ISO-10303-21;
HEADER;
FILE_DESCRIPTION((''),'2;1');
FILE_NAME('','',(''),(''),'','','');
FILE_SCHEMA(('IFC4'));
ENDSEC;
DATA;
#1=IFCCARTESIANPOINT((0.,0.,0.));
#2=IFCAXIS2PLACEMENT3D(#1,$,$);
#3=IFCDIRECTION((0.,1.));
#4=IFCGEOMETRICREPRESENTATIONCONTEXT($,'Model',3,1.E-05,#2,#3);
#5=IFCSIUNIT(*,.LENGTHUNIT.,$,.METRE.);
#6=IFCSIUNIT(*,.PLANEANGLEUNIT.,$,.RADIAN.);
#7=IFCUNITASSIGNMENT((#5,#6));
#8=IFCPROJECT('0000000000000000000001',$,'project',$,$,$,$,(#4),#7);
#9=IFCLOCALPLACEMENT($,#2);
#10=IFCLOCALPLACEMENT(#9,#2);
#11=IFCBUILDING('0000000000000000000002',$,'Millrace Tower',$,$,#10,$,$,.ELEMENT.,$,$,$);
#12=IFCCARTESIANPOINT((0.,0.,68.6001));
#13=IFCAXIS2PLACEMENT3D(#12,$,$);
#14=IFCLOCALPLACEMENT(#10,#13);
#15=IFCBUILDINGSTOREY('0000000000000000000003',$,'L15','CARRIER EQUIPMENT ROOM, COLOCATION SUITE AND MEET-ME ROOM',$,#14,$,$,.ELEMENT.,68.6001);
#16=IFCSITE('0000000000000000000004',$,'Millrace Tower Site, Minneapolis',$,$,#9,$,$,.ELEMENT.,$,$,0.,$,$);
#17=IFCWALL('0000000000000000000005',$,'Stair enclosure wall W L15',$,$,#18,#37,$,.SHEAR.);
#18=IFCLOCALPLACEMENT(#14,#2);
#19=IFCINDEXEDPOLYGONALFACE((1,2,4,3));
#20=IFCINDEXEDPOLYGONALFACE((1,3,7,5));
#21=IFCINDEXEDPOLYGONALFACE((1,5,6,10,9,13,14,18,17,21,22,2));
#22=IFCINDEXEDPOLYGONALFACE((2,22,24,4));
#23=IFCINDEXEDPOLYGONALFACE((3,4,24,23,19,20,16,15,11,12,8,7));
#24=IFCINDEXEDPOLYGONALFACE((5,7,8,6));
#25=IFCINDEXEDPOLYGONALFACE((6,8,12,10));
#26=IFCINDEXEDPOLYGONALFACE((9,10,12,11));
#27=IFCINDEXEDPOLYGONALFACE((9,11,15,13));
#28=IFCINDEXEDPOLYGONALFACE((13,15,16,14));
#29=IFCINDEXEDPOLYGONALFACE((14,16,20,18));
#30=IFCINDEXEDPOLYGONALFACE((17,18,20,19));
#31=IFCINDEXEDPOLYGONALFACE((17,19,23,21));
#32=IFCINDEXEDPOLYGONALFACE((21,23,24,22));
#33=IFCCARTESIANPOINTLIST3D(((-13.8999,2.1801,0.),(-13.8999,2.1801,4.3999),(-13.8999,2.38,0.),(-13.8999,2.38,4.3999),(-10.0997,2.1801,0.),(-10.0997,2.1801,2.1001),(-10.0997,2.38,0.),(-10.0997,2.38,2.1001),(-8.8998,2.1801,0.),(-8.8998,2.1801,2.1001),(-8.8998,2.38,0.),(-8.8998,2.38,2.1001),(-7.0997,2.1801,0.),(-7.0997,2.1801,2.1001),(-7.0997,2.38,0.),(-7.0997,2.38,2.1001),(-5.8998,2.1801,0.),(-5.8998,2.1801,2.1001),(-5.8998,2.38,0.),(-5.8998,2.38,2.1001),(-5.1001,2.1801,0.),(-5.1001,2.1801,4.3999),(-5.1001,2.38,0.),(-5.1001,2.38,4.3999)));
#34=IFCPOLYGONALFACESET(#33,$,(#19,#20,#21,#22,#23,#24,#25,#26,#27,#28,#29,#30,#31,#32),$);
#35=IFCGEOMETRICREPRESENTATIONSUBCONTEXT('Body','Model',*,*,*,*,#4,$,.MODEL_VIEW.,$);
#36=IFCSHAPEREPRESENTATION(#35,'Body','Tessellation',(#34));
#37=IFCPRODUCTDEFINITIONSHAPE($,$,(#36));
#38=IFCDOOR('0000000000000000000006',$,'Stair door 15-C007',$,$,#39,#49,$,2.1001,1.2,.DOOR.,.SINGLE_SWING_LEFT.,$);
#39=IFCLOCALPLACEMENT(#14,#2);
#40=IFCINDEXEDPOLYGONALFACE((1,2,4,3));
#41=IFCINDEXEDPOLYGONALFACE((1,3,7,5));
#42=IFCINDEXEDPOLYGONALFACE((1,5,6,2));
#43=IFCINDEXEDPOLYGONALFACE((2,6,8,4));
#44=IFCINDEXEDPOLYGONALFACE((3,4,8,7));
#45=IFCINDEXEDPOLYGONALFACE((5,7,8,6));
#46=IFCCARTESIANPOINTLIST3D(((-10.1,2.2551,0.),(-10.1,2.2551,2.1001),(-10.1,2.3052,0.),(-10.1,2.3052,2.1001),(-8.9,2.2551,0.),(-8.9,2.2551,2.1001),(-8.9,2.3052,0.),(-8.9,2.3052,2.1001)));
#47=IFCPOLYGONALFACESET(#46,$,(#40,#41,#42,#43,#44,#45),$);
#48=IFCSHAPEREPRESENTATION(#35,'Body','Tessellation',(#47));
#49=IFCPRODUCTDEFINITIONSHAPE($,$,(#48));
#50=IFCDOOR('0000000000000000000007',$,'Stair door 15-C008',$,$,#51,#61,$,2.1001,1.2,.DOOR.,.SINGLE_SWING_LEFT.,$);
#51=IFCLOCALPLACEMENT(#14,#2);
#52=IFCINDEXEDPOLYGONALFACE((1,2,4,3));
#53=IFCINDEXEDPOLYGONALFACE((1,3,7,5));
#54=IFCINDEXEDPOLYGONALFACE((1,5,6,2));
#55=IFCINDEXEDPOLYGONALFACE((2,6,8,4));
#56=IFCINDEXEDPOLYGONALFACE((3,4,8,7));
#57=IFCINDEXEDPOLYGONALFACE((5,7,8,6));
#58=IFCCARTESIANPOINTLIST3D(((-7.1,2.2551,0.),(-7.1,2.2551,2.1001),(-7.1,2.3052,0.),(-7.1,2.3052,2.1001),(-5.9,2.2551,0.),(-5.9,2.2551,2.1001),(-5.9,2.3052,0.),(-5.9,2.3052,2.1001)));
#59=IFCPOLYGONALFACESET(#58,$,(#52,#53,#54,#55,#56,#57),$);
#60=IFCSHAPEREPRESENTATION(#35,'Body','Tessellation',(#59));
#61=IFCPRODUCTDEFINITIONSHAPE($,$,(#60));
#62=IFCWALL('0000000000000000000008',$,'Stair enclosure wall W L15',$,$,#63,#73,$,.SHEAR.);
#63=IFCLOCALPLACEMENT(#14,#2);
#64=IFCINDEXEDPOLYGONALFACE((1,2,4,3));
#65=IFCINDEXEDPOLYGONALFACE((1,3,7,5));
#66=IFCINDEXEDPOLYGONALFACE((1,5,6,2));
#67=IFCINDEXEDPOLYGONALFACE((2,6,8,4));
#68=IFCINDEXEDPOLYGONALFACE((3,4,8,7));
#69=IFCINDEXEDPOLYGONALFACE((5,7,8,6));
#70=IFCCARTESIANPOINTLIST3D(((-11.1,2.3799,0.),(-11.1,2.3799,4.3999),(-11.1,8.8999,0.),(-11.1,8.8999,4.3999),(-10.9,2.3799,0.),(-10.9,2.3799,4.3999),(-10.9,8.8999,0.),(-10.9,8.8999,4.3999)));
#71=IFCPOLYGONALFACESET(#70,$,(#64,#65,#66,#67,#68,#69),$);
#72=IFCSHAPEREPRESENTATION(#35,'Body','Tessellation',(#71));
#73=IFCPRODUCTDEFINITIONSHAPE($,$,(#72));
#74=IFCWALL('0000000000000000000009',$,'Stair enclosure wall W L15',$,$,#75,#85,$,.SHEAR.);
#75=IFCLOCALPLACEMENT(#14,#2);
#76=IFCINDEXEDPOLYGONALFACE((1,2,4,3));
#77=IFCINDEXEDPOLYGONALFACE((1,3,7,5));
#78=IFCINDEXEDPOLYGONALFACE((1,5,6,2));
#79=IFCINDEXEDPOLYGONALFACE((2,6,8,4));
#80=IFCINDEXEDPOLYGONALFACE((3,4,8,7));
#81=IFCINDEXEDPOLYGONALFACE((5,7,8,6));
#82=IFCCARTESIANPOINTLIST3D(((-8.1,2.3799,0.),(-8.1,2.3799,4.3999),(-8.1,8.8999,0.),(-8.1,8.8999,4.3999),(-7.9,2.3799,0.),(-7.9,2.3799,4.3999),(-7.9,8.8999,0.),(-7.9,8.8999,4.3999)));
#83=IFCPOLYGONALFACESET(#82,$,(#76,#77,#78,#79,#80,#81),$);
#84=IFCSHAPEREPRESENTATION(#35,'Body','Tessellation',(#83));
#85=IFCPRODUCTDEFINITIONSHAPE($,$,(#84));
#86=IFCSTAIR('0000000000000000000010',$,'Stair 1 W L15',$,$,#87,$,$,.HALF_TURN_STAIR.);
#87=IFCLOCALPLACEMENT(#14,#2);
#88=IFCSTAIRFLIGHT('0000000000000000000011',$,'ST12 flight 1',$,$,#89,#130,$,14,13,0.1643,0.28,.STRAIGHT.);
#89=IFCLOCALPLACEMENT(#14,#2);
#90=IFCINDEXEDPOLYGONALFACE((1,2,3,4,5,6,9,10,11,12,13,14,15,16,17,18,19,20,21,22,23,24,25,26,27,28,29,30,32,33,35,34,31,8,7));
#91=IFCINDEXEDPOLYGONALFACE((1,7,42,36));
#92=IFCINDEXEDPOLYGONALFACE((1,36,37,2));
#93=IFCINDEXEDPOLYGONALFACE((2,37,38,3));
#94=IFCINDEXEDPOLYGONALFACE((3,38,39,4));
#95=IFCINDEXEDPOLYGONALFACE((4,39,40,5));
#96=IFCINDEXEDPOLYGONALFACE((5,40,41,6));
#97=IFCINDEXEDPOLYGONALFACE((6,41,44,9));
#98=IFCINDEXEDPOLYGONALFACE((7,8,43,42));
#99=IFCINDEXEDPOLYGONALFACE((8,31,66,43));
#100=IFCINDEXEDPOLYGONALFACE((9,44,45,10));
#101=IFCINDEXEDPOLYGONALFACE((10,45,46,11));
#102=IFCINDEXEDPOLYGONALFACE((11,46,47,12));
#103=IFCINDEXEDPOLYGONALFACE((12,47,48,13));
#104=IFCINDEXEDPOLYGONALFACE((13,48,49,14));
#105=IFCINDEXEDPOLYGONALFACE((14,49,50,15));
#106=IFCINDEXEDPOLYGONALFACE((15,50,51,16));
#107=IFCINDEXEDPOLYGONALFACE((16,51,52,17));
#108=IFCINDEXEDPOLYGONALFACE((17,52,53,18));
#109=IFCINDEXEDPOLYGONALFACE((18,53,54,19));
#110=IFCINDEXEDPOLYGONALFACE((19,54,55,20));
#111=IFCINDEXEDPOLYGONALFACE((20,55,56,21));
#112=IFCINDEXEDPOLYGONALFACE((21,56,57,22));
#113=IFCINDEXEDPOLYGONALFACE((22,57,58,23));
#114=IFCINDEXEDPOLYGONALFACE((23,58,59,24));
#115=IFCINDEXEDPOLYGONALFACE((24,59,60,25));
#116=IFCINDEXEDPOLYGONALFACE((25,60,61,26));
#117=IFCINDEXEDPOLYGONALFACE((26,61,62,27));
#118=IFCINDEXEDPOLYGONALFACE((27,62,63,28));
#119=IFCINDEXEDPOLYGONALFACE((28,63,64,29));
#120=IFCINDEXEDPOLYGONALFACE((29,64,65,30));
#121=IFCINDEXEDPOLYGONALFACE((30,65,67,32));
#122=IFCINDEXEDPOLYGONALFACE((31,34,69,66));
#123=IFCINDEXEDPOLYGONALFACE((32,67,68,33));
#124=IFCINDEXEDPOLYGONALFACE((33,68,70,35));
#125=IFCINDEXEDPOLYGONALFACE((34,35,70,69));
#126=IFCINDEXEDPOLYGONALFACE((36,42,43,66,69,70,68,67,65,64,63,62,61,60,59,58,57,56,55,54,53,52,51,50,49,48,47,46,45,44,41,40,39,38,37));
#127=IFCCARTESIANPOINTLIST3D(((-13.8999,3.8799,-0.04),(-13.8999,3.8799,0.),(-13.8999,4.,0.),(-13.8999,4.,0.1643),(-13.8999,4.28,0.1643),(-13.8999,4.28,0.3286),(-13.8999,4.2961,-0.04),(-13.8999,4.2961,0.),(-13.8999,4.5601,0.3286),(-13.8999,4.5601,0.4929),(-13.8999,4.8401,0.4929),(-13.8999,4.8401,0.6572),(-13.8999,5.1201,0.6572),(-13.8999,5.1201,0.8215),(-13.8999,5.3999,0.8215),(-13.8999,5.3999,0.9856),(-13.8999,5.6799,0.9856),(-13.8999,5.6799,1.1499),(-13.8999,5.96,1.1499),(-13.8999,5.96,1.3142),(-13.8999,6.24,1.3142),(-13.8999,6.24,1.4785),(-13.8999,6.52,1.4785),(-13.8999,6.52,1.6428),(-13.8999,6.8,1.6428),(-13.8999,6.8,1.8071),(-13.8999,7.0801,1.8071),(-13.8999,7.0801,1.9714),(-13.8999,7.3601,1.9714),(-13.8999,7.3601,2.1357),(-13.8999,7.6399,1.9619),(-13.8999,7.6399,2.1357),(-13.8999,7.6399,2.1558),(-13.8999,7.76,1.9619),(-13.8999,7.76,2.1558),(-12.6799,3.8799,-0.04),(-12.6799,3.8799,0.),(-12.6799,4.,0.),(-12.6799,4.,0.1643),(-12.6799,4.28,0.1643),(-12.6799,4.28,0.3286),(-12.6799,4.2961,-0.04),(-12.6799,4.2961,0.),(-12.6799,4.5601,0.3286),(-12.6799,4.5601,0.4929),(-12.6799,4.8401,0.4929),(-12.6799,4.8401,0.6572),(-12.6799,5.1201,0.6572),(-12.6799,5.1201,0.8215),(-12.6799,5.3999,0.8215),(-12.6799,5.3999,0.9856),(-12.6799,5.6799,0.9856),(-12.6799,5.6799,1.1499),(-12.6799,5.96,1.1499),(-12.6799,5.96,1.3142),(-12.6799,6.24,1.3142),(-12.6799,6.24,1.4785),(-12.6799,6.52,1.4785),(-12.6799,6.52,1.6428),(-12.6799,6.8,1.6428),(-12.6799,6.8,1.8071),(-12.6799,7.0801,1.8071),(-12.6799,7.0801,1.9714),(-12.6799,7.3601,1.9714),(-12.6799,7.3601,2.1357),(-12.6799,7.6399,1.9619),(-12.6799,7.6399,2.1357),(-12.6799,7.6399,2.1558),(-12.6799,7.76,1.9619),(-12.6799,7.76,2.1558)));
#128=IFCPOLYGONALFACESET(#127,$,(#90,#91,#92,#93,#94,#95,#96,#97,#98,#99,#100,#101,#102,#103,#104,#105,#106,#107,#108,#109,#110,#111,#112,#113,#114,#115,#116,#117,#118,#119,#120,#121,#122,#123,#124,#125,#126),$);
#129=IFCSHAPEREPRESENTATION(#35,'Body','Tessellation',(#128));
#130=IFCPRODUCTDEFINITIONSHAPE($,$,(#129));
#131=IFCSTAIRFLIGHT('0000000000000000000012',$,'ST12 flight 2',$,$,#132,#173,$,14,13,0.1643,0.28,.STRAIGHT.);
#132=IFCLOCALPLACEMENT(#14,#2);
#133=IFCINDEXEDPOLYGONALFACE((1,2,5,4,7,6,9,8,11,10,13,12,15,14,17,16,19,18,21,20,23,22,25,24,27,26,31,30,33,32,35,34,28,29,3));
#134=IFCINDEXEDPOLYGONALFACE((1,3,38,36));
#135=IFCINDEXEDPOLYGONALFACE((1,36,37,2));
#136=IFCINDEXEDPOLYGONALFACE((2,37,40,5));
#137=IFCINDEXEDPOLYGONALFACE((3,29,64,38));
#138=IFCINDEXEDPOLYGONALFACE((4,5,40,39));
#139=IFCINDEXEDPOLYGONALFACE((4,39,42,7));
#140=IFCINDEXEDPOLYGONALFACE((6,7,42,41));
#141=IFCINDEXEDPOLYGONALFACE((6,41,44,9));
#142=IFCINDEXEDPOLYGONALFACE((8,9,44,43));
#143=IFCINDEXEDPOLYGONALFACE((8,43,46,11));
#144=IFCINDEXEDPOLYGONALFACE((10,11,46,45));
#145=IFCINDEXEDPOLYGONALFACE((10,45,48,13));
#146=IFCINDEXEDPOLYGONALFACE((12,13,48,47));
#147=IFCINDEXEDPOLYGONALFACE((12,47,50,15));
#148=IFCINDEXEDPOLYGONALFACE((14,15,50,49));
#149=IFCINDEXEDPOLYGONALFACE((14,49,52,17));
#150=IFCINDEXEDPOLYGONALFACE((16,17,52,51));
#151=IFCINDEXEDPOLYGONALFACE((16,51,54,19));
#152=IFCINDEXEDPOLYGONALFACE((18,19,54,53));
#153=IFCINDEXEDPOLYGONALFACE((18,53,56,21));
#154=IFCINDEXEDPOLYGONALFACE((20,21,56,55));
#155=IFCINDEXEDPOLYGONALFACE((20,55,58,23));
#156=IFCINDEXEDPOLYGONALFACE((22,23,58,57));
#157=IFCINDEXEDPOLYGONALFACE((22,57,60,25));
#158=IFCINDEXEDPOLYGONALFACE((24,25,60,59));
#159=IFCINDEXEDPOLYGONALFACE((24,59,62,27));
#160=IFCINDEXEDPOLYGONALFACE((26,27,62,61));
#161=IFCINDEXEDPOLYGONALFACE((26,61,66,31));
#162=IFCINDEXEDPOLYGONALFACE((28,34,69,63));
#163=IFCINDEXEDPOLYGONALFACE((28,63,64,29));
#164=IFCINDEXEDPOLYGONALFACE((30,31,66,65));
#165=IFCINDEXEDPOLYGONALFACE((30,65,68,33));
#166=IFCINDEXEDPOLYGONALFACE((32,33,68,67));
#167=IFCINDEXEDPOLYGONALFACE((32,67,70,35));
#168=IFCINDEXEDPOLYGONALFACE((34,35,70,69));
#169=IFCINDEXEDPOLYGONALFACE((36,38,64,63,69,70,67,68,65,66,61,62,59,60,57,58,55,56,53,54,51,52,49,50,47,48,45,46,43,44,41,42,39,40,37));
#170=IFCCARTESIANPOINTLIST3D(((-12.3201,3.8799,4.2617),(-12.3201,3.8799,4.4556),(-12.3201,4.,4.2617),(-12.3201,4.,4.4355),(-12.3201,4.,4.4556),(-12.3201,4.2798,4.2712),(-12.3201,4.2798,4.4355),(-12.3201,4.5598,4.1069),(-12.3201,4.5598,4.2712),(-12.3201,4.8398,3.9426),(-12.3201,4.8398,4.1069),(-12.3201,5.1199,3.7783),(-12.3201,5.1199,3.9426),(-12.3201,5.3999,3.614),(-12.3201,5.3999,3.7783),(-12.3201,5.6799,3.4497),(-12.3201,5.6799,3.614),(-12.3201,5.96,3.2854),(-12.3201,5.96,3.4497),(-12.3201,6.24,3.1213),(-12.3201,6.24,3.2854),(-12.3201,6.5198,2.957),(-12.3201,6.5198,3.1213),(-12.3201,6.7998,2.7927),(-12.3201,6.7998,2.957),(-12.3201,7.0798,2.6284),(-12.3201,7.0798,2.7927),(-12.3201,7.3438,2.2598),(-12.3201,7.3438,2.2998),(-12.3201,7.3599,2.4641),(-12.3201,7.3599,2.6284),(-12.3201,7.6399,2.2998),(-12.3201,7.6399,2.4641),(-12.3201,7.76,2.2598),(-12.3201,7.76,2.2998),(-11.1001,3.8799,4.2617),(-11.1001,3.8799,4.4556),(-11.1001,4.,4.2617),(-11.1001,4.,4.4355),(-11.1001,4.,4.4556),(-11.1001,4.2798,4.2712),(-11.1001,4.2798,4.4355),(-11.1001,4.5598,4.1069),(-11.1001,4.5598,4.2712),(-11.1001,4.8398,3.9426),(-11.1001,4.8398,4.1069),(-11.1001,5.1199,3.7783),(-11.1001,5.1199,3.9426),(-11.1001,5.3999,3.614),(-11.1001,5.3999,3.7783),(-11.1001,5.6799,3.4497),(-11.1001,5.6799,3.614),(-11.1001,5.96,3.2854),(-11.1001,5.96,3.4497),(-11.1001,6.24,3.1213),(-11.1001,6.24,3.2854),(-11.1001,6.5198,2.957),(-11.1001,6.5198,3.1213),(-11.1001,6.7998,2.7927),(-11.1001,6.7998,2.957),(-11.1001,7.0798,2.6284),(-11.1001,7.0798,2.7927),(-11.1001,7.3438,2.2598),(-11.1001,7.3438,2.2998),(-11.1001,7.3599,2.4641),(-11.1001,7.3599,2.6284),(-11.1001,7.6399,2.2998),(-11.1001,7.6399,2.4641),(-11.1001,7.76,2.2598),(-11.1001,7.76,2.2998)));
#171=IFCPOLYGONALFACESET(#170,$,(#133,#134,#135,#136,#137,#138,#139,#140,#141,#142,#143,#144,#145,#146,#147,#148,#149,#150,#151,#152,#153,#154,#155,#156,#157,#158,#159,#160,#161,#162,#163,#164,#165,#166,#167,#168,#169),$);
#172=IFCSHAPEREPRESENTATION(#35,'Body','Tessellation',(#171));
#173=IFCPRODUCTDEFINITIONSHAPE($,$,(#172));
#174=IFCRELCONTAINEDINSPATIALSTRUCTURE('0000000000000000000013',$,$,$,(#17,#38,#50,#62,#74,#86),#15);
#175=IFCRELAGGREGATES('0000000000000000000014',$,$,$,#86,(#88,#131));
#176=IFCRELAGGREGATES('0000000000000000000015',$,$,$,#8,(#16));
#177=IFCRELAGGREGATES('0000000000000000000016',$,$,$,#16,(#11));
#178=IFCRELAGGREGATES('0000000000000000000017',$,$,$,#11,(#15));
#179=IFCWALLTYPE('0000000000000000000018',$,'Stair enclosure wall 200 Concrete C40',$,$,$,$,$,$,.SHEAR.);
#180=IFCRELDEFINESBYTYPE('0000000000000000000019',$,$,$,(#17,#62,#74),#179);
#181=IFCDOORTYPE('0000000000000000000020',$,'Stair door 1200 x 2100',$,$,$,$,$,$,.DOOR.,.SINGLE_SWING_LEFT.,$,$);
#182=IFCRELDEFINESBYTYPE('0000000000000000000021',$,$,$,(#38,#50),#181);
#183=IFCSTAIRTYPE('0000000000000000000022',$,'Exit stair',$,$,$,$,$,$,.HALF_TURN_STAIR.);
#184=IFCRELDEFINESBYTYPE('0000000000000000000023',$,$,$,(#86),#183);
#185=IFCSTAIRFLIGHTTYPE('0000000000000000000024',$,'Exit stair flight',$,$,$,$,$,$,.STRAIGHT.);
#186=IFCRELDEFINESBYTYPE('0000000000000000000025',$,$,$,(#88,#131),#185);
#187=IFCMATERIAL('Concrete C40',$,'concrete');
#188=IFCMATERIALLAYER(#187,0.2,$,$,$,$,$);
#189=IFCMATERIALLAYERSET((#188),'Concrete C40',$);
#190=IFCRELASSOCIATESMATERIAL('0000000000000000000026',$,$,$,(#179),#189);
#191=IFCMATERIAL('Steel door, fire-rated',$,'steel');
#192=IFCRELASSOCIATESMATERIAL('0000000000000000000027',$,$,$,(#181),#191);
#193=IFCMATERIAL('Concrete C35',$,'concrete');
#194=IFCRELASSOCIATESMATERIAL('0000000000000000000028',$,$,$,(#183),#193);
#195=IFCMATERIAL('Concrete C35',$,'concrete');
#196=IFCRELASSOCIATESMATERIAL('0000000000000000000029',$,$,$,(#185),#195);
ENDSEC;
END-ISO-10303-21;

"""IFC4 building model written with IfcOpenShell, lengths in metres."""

from ifc_helpers import new_model, si_unit, direction, frame, frame_2d, origin, place, context, subcontext, project, spatial, polyline, rectangle, outline, extrude, material, layer, layer_set, type_object, element, fill, aggregate, save


model = new_model("IFC4")

# Units and contexts
model_context = context("Model", 3, precision=1e-05, world=origin(), true_north=direction((0.0, 1.0)))
body_context = subcontext(model_context, "Body", "Model", "MODEL_VIEW")
ifc_project = project(units=[si_unit("LENGTHUNIT", "METRE"), si_unit("PLANEANGLEUNIT", "RADIAN")], contexts=[model_context])

# Site, building, storey
site_placement = place(None, origin())
site = spatial("IfcSite", under=ifc_project, at=site_placement, Name="Millrace Tower Site, Minneapolis", CompositionType="ELEMENT", RefElevation=0.0)
building_placement = place(site_placement, origin())
building = spatial("IfcBuilding", under=site, at=building_placement, Name="Millrace Tower", CompositionType="ELEMENT")
storey_placement = place(building_placement, frame((0.0, 0.0, 68.6001)))
storey = spatial("IfcBuildingStorey", under=building, at=storey_placement, Name="L15", Description="CARRIER EQUIPMENT ROOM, COLOCATION SUITE AND MEET-ME ROOM", CompositionType="ELEMENT", Elevation=68.6001)

# Shared definitions
placement_1 = place(storey_placement, origin())

# Shared definitions
ifc_material_1 = material(Name="Concrete C40", Category="concrete")
ifc_layer_1 = layer(ifc_material_1, 0.2)
ifc_layer_set_1 = layer_set([ifc_layer_1], Name="Concrete C40")
wall_type_1 = type_object("IfcWallType", Name="Stair enclosure wall 200 Concrete C40", PredefinedType="SHEAR", material=ifc_layer_set_1)

# Wall, openings, doors
wall_1_placement = place(storey_placement, frame((-13.8999, 2.28, 0.0), z_axis=(0.0, 0.0, 1.0), x_axis=(1.0, 0.0, 0.0)))
wall_1 = element("IfcWall", 1, at=wall_1_placement, inside=storey, type_object=wall_type_1, Name="Stair enclosure wall W L15", PredefinedType="SHEAR", context=body_context, shape_type="SweptSolid", body=[
    extrude(rectangle(XDim=8.7998, YDim=0.2, at=frame_2d((4.3999, 0.0))), origin(), (0.0, 0.0, 1.0), 4.3999),
])
opening_1_placement = place(wall_1_placement, frame((3.8, 0.0, 0.0)))
opening_1 = element("IfcOpeningElement", 2, at=opening_1_placement, cuts=wall_1, PredefinedType="OPENING", context=body_context, shape_type="SweptSolid", body=[
    extrude(rectangle(XDim=1.2, YDim=2.1001, at=frame_2d((0.6001, 1.05))), frame((0.0, 0.1099, 0.0), z_axis=(0.0, -1.0, 0.0), x_axis=(1.0, 0.0, 0.0)), (0.0, 0.0, 1.0), 0.22),
])
opening_2_placement = place(wall_1_placement, frame((6.8, 0.0, 0.0)))
opening_2 = element("IfcOpeningElement", 3, at=opening_2_placement, cuts=wall_1, PredefinedType="OPENING", context=body_context, shape_type="SweptSolid", body=[
    extrude(rectangle(XDim=1.2, YDim=2.1001, at=frame_2d((0.6001, 1.05))), frame((0.0, 0.1099, 0.0), z_axis=(0.0, -1.0, 0.0), x_axis=(1.0, 0.0, 0.0)), (0.0, 0.0, 1.0), 0.22),
])
ifc_material_2 = material(Name="Steel door, fire-rated", Category="steel")
door_type_1 = type_object("IfcDoorType", Name="Stair door 1200 x 2100", OperationType="SINGLE_SWING_LEFT", PredefinedType="DOOR", material=ifc_material_2)
door_1_placement = place(opening_1_placement, frame((1.2, 0.0, 0.0), z_axis=(0.0, 0.0, 1.0), x_axis=(-1.0, 0.0, 0.0)))
door_1 = element("IfcDoor", 4, at=door_1_placement, inside=storey, type_object=door_type_1, Name="Stair door 15-C007", OperationType="SINGLE_SWING_LEFT", OverallHeight=2.1001, OverallWidth=1.2, PredefinedType="DOOR", context=body_context, shape_type="SweptSolid", body=[
    extrude(rectangle(XDim=1.2, YDim=2.1001, at=frame_2d((0.6001, 1.05))), frame((0.0, 0.0249, 0.0), z_axis=(0.0, -1.0, 0.0), x_axis=(1.0, 0.0, 0.0)), (0.0, 0.0, 1.0), 0.05),
])
fill(opening_1, door_1)
door_2_placement = place(opening_2_placement, frame((1.2, 0.0, 0.0), z_axis=(0.0, 0.0, 1.0), x_axis=(-1.0, 0.0, 0.0)))
door_2 = element("IfcDoor", 5, at=door_2_placement, inside=storey, type_object=door_type_1, Name="Stair door 15-C008", OperationType="SINGLE_SWING_LEFT", OverallHeight=2.1001, OverallWidth=1.2, PredefinedType="DOOR", context=body_context, shape_type="SweptSolid", body=[
    extrude(rectangle(XDim=1.2, YDim=2.1001, at=frame_2d((0.6001, 1.05))), frame((0.0, 0.0249, 0.0), z_axis=(0.0, -1.0, 0.0), x_axis=(1.0, 0.0, 0.0)), (0.0, 0.0, 1.0), 0.05),
])
fill(opening_2, door_2)

# Walls
for number, where, z_axis, x_axis, name in (
    (6, (-11.0, 2.3799, 0.0), (0.0, 0.0, 1.0), (0.0, 1.0, 0.0), "Stair enclosure wall W L15"),
    (7, (-8.0, 2.3799, 0.0), (0.0, 0.0, 1.0), (0.0, 1.0, 0.0), "Stair enclosure wall W L15"),
):
    element("IfcWall", number, at=place(storey_placement, frame(where, z_axis=z_axis, x_axis=x_axis)), inside=storey, type_object=wall_type_1, Name=name, PredefinedType="SHEAR", context=body_context, shape_type="SweptSolid", body=[
        extrude(rectangle(XDim=6.52, YDim=0.2, at=frame_2d((3.26, 0.0))), origin(), (0.0, 0.0, 1.0), 4.3999),
    ])

# Stair, stair flights
ifc_material_3 = material(Name="Concrete C35", Category="concrete")
stair_type = type_object("IfcStairType", Name="Exit stair", PredefinedType="HALF_TURN_STAIR", material=ifc_material_3)
stair_1 = element("IfcStair", 8, at=placement_1, inside=storey, type_object=stair_type, Name="Stair 1 W L15", PredefinedType="HALF_TURN_STAIR")
ifc_material_4 = material(Name="Concrete C35", Category="concrete")
stair_flight_type = type_object("IfcStairFlightType", Name="Exit stair flight", PredefinedType="STRAIGHT", material=ifc_material_4)
stair_flight_1_placement = place(storey_placement, frame((-13.29, 4.0, 0.0), z_axis=(0.0, 0.0, 1.0), x_axis=(0.0, 1.0, 0.0)))
stair_flight_1 = element("IfcStairFlight", 9, at=stair_flight_1_placement, type_object=stair_flight_type, Name="ST12 flight 1", NumberOfRisers=14, NumberOfTreads=13, PredefinedType="STRAIGHT", RiserHeight=0.1643, TreadLength=0.28, context=body_context, shape_type="SweptSolid", body=[
    extrude(outline(polyline([(-0.1201, -0.04), (-0.1201, 0.0), (0.0, 0.0), (0.0, 0.1643), (0.28, 0.1643), (0.28, 0.3286), (0.5601, 0.3286), (0.5601, 0.4929), (0.8401, 0.4929), (0.8401, 0.6572), (1.1201, 0.6572), (1.1201, 0.8215), (1.3999, 0.8215), (1.3999, 0.9856), (1.6799, 0.9856), (1.6799, 1.1499), (1.96, 1.1499), (1.96, 1.3142), (2.24, 1.3142), (2.24, 1.4785), (2.52, 1.4785), (2.52, 1.6428), (2.8, 1.6428), (2.8, 1.8071), (3.0801, 1.8071), (3.0801, 1.9714), (3.3601, 1.9714), (3.3601, 2.1357), (3.6399, 2.1357), (3.6399, 2.1558), (3.76, 2.1558), (3.76, 1.9619), (3.6399, 1.9619), (0.2961, 0.0), (0.2961, -0.04), (-0.1201, -0.04)])), frame((0.0, 0.6099, 0.0), z_axis=(0.0, -1.0, 0.0), x_axis=(1.0, 0.0, 0.0)), (0.0, 0.0, 1.0), 1.22),
])
stair_flight_2_placement = place(storey_placement, frame((-11.71, 7.6399, 2.2998), z_axis=(0.0, 0.0, 1.0), x_axis=(0.0, -1.0, 0.0)))
stair_flight_2 = element("IfcStairFlight", 10, at=stair_flight_2_placement, type_object=stair_flight_type, Name="ST12 flight 2", NumberOfRisers=14, NumberOfTreads=13, PredefinedType="STRAIGHT", RiserHeight=0.1643, TreadLength=0.28, context=body_context, shape_type="SweptSolid", body=[
    extrude(outline(polyline([(-0.1201, -0.04), (-0.1201, 0.0), (0.0, 0.0), (0.0, 0.1643), (0.28, 0.1643), (0.28, 0.3286), (0.5601, 0.3286), (0.5601, 0.4929), (0.8401, 0.4929), (0.8401, 0.6572), (1.1201, 0.6572), (1.1201, 0.8215), (1.3999, 0.8215), (1.3999, 0.9856), (1.6799, 0.9856), (1.6799, 1.1499), (1.96, 1.1499), (1.96, 1.3142), (2.24, 1.3142), (2.24, 1.4785), (2.52, 1.4785), (2.52, 1.6428), (2.8, 1.6428), (2.8, 1.8071), (3.0801, 1.8071), (3.0801, 1.9714), (3.3601, 1.9714), (3.3601, 2.1357), (3.6399, 2.1357), (3.6399, 2.1558), (3.76, 2.1558), (3.76, 1.9619), (3.6399, 1.9619), (0.2961, 0.0), (0.2961, -0.04), (-0.1201, -0.04)])), frame((0.0, 0.6099, 0.0), z_axis=(0.0, -1.0, 0.0), x_axis=(1.0, 0.0, 0.0)), (0.0, 0.0, 1.0), 1.22),
])
aggregate(stair_1, [stair_flight_1, stair_flight_2])

save(model, "model.ifc")
